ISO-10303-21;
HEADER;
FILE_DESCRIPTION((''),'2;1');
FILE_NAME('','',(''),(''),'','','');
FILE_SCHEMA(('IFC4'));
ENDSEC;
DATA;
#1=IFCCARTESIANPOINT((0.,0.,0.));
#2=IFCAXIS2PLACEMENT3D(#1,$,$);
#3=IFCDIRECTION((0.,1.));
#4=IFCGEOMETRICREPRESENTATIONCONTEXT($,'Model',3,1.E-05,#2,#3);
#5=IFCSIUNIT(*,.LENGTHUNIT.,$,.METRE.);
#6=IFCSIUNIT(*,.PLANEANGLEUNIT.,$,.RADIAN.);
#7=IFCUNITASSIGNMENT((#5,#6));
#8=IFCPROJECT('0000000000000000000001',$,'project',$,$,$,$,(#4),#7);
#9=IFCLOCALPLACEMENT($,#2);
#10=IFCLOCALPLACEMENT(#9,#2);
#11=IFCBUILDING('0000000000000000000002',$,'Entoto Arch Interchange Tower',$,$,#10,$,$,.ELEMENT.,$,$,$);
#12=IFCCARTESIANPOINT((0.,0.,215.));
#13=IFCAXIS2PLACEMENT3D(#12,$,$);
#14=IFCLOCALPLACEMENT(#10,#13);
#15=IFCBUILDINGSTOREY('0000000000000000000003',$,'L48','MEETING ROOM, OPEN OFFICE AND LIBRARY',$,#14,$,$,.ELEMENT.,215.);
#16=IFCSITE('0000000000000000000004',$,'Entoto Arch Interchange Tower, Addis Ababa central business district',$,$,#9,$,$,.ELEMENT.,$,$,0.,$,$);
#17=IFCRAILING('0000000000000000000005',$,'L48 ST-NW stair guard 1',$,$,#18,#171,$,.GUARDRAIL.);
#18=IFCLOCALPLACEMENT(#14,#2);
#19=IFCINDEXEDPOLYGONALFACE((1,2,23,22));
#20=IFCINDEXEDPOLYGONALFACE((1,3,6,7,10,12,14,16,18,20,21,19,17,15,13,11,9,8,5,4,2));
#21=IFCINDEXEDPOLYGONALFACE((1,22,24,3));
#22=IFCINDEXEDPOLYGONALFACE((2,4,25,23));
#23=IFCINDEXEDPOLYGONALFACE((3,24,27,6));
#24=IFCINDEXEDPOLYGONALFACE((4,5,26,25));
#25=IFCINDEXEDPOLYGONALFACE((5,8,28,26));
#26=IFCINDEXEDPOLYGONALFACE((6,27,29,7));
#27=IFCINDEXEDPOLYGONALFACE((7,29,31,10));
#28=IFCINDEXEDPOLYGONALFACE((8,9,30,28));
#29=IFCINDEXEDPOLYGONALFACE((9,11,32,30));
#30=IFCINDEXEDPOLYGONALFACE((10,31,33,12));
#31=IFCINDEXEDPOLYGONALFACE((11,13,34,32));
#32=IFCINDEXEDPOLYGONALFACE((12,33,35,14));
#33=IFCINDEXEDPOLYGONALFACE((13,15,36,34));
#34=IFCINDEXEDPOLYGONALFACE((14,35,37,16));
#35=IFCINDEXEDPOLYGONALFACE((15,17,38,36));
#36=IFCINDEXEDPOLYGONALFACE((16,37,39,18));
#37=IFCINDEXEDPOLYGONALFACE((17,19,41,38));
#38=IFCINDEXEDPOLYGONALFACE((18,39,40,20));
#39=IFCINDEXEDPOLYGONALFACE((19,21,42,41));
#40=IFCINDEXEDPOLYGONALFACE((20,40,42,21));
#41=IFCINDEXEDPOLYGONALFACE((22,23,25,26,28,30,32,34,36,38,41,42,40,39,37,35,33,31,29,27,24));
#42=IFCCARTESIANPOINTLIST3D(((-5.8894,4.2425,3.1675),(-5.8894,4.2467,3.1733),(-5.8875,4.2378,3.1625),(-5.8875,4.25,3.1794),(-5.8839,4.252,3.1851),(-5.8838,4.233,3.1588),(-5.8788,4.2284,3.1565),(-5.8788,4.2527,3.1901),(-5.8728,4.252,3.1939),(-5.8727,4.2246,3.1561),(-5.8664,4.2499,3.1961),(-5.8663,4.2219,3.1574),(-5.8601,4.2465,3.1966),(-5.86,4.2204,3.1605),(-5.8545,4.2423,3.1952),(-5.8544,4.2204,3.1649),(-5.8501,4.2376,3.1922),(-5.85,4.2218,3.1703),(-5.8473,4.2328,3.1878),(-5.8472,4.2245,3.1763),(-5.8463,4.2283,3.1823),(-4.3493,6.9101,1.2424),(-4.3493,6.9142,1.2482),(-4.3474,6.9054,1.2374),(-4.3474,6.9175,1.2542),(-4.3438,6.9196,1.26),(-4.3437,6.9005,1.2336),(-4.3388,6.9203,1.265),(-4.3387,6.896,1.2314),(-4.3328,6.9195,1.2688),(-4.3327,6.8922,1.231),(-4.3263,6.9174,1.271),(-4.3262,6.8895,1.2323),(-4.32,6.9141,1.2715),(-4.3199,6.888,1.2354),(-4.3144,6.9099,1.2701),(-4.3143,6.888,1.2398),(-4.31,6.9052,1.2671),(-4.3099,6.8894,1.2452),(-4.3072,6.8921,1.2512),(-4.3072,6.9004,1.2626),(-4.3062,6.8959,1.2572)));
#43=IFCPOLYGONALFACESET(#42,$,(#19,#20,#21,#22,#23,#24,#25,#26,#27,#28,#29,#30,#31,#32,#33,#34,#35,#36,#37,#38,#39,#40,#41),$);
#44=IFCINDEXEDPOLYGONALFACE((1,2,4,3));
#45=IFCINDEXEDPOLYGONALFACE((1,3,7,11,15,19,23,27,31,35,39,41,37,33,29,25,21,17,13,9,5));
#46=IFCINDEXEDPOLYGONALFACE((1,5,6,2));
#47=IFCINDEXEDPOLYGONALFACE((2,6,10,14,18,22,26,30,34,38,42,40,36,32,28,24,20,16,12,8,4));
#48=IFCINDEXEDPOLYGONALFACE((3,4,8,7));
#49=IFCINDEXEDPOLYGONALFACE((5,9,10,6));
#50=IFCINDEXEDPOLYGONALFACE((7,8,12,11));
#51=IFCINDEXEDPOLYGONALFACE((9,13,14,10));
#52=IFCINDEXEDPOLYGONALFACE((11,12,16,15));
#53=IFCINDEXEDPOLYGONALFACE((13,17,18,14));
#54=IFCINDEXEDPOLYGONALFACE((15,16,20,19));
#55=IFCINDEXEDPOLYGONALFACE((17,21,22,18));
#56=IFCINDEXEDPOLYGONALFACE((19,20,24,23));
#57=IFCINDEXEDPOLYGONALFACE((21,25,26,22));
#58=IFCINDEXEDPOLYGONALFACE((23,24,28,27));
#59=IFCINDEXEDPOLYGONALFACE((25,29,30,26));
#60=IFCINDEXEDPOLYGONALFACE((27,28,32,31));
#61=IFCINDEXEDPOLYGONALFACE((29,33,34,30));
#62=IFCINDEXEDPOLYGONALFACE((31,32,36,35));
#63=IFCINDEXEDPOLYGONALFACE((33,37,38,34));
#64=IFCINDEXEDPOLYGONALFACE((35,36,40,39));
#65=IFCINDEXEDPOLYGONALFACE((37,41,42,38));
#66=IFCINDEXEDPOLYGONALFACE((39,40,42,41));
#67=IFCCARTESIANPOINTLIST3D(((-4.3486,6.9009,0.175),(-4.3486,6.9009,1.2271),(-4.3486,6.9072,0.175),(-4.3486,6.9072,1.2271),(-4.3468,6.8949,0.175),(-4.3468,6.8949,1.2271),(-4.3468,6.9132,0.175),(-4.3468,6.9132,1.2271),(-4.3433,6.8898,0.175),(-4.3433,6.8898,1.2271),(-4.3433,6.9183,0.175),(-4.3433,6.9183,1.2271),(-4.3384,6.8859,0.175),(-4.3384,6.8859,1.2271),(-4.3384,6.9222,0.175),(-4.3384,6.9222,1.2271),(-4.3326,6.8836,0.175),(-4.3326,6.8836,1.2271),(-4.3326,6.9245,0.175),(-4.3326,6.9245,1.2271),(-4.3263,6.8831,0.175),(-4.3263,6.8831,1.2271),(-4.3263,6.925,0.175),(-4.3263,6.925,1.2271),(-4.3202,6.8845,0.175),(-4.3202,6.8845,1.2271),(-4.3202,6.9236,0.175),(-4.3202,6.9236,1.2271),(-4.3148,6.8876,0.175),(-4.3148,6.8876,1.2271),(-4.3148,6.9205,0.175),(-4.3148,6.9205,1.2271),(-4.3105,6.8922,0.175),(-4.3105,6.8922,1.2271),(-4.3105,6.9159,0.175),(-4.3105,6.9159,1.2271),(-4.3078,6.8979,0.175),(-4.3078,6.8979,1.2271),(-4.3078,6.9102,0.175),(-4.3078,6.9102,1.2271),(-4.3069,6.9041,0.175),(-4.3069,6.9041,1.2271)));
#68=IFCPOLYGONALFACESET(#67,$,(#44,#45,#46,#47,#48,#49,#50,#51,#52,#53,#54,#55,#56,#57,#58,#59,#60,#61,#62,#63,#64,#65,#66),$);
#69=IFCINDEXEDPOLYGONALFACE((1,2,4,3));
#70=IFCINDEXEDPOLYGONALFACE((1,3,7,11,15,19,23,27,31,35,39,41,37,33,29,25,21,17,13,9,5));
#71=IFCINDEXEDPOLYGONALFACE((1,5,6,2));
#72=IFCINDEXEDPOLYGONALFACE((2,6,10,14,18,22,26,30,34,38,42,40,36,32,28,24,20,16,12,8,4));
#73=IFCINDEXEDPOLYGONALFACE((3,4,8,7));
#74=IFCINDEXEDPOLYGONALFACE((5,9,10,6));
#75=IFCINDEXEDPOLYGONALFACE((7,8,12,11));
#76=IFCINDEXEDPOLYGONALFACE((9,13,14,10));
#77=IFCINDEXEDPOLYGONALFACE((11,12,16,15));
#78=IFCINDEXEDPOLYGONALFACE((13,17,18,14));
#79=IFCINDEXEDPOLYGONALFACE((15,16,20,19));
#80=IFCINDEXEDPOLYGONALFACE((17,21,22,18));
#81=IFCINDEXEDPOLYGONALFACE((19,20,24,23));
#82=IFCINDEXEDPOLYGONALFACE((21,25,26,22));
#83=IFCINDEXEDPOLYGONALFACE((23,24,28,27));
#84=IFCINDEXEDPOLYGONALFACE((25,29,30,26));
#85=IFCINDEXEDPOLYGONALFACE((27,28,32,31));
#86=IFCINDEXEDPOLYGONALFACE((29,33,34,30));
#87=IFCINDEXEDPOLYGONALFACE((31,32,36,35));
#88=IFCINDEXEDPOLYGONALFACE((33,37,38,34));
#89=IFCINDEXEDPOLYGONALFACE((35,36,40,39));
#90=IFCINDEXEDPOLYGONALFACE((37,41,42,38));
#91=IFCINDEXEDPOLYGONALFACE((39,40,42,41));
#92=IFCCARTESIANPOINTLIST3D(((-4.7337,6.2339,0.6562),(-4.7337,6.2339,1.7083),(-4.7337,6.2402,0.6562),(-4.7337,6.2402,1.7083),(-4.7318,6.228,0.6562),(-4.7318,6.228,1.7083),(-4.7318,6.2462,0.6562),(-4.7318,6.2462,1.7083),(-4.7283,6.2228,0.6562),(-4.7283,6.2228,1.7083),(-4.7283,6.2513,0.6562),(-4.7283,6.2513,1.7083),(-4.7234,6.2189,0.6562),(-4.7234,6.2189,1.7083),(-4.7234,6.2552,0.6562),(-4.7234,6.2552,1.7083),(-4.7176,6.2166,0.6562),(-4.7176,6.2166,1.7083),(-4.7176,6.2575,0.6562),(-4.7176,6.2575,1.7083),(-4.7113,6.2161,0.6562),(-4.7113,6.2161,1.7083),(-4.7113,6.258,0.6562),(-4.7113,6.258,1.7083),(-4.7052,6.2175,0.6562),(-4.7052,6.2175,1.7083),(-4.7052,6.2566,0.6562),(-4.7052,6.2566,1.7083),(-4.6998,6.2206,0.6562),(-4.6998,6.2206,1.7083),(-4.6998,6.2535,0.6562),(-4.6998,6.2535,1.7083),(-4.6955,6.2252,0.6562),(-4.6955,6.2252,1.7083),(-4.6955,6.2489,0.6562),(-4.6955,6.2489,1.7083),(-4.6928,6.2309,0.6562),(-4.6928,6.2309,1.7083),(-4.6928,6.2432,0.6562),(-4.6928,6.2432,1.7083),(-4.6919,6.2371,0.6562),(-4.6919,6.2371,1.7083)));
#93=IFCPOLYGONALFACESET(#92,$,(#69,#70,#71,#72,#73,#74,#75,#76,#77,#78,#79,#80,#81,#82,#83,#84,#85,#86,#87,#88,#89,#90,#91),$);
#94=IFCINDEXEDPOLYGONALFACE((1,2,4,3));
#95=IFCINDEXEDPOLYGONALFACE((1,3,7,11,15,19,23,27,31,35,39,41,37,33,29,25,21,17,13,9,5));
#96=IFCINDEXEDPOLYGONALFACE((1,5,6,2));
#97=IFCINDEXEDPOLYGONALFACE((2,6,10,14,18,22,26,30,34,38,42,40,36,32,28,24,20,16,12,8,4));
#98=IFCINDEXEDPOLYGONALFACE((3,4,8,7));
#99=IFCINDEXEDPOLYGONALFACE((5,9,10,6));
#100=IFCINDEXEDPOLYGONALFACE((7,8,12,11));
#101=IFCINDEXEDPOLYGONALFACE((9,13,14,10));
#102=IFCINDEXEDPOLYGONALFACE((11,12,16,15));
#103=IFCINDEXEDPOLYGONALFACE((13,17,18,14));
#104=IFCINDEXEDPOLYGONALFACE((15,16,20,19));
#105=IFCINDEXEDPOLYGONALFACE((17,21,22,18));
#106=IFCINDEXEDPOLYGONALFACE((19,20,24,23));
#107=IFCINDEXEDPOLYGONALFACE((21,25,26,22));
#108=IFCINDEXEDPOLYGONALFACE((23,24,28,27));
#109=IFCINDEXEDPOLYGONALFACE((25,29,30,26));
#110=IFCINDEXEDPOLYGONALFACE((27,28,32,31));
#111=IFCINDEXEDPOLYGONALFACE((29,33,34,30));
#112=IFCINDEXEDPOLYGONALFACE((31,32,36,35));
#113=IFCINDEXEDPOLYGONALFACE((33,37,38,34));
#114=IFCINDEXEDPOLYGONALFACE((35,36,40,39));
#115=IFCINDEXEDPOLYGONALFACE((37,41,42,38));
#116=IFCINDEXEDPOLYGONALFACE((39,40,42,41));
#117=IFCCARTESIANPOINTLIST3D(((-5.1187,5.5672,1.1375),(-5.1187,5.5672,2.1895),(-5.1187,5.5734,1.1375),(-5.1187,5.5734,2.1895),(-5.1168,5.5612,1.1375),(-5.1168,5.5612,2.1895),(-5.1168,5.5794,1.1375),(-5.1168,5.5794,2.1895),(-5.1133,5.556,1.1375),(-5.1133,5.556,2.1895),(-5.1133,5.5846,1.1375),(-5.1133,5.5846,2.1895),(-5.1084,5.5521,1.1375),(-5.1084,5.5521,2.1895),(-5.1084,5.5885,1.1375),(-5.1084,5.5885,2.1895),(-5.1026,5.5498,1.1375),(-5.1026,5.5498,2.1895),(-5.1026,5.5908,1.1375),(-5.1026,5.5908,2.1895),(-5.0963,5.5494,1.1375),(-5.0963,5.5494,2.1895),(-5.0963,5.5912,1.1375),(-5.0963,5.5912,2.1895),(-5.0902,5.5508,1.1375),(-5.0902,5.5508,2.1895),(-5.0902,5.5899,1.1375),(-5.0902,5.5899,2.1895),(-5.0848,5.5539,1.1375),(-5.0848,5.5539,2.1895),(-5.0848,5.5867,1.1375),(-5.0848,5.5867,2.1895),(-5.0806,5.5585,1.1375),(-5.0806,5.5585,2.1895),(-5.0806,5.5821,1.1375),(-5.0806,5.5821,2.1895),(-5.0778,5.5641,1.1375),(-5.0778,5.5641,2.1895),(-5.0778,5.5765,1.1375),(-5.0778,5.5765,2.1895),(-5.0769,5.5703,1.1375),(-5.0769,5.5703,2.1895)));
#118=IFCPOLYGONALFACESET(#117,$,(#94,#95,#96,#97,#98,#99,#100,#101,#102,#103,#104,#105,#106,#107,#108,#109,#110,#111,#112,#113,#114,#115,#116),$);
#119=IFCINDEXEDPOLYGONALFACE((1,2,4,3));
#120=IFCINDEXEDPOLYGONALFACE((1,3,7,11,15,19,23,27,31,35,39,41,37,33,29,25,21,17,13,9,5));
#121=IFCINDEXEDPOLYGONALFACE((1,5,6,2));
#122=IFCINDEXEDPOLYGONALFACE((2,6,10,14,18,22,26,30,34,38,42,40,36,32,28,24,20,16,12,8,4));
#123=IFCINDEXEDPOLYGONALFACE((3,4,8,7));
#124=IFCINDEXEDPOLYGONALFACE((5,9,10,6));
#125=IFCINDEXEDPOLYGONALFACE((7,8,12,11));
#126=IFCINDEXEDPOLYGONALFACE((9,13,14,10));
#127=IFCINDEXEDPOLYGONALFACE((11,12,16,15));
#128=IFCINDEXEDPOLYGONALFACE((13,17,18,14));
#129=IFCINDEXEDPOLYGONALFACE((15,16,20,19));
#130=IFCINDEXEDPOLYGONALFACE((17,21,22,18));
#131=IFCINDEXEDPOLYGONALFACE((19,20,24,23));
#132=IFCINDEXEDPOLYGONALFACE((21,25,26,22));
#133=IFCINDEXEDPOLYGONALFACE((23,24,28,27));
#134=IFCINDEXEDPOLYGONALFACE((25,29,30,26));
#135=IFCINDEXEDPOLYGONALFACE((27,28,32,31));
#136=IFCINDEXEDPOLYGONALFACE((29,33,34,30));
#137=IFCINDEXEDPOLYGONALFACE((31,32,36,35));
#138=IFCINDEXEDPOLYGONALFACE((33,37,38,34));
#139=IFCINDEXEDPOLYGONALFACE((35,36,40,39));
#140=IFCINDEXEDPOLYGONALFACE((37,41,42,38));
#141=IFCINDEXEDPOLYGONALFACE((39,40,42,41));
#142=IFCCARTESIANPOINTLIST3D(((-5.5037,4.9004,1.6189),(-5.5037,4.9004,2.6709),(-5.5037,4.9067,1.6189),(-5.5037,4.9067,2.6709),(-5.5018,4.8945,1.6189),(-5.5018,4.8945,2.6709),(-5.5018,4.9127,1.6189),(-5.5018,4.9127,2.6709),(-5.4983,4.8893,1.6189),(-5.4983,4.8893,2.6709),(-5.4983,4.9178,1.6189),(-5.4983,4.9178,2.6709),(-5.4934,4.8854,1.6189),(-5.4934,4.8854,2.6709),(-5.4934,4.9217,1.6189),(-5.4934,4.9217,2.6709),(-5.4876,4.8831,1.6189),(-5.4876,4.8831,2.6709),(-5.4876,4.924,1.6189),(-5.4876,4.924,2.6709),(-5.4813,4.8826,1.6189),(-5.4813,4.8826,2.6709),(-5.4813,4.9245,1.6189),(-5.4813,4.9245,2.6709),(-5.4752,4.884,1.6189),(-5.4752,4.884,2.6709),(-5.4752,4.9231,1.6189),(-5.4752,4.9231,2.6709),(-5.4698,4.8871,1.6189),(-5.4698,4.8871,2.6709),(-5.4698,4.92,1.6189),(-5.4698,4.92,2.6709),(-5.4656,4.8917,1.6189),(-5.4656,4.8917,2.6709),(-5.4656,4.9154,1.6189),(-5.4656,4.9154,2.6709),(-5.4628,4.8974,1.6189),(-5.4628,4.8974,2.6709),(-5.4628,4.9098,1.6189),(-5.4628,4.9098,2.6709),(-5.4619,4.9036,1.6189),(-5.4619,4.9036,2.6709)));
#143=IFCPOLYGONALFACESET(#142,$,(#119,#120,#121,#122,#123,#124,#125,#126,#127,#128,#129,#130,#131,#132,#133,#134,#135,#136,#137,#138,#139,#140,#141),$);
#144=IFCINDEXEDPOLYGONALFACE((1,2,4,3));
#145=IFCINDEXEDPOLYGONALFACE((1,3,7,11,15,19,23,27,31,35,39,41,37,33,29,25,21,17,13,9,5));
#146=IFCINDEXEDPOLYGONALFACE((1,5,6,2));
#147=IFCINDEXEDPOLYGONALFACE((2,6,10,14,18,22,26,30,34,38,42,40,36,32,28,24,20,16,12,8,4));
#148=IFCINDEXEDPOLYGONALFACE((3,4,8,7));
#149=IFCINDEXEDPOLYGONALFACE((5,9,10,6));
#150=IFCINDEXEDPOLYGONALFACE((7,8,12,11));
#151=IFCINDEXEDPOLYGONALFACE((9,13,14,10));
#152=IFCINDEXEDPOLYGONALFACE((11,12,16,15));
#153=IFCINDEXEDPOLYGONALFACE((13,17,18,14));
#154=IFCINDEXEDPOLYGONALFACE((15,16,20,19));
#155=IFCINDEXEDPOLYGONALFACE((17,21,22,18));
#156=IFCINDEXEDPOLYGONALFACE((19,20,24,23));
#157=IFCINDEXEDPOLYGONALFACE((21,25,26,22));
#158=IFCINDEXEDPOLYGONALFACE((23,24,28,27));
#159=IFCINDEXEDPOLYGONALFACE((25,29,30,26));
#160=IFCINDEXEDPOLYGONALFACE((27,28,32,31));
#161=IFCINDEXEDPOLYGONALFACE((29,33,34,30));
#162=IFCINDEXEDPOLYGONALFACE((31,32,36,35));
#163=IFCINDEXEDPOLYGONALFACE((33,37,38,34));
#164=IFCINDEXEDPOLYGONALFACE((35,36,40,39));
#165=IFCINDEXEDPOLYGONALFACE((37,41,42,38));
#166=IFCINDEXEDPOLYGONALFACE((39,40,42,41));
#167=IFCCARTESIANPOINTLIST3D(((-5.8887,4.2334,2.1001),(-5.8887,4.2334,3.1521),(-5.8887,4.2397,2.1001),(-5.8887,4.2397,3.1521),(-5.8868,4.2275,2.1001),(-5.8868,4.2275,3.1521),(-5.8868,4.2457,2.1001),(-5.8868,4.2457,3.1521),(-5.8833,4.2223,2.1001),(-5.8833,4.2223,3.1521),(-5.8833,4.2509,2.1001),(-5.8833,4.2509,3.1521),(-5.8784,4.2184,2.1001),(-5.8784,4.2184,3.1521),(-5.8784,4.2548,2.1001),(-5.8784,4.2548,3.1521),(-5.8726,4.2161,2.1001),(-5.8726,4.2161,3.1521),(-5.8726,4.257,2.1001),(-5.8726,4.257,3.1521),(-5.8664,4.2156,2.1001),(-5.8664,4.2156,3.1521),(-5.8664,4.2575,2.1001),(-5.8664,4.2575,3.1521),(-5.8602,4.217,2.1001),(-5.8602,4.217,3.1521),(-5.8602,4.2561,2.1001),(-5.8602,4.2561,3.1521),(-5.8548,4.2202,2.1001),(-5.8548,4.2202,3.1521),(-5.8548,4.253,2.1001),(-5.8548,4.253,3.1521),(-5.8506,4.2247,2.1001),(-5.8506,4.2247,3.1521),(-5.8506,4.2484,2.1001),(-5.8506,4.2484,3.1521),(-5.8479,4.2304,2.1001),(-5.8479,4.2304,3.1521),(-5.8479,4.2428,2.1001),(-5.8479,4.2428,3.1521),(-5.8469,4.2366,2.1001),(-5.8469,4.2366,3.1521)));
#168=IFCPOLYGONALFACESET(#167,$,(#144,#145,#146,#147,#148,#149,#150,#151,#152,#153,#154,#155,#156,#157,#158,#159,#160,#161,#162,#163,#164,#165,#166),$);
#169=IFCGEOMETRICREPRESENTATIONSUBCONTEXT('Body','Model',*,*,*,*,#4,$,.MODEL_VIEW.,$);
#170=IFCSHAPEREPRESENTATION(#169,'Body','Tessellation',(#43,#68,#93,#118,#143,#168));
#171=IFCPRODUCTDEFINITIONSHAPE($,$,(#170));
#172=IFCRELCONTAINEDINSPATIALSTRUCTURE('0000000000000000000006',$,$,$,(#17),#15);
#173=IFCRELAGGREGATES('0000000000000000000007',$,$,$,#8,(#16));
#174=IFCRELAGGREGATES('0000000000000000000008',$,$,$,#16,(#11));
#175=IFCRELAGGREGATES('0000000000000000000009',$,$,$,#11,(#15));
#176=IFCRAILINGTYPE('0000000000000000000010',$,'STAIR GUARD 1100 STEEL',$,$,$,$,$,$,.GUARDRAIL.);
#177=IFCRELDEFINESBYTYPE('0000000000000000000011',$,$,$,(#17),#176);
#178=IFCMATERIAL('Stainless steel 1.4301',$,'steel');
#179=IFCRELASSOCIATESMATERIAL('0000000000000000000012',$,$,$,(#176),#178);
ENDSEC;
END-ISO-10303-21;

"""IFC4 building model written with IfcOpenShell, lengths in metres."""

from ifc_helpers import new_model, si_unit, direction, frame, origin, origin_2d, place, context, subcontext, project, spatial, circle, extrude, material, type_object, element, save


model = new_model("IFC4")

# Units and contexts
model_context = context("Model", 3, precision=1e-05, world=origin(), true_north=direction((0.0, 1.0)))
body_context = subcontext(model_context, "Body", "Model", "MODEL_VIEW")
ifc_project = project(units=[si_unit("LENGTHUNIT", "METRE"), si_unit("PLANEANGLEUNIT", "RADIAN")], contexts=[model_context])

# Site, building, storey
site_placement = place(None, origin())
site = spatial("IfcSite", under=ifc_project, at=site_placement, Name="Entoto Arch Interchange Tower, Addis Ababa central business district", CompositionType="ELEMENT", RefElevation=0.0)
building_placement = place(site_placement, origin())
building = spatial("IfcBuilding", under=site, at=building_placement, Name="Entoto Arch Interchange Tower", CompositionType="ELEMENT")
storey_placement = place(building_placement, frame((0.0, 0.0, 215.0)))
storey = spatial("IfcBuildingStorey", under=building, at=storey_placement, Name="L48", Description="MEETING ROOM, OPEN OFFICE AND LIBRARY", CompositionType="ELEMENT", Elevation=215.0)

# Railing
ifc_material_1 = material(Name="Stainless steel 1.4301", Category="steel")
railing_type = type_object("IfcRailingType", Name="STAIR GUARD 1100 STEEL", PredefinedType="GUARDRAIL", material=ifc_material_1)
railing_1_placement = place(storey_placement, frame((-4.3279, 6.9041, 0.175)))
element("IfcRailing", 1, at=railing_1_placement, inside=storey, type_object=railing_type, Name="L48 ST-NW stair guard 1", PredefinedType="GUARDRAIL", context=body_context, shape_type="SweptSolid", body=[
    extrude(circle(Radius=0.0239, at=origin_2d()), frame((0.0, 0.0, 1.0762), z_axis=(-0.423994, -0.734395, 0.529993), x_axis=(0.86603, -0.499992, 0.0)), (0.0, 0.0, 1.0), 3.6323),
    extrude(circle(Radius=0.021, at=origin_2d()), origin(), (0.0, 0.0, 1.0), 1.052),
    extrude(circle(Radius=0.021, at=origin_2d()), frame((-0.385, -0.667, 0.4812)), (0.0, 0.0, 1.0), 1.052),
    extrude(circle(Radius=0.021, at=origin_2d()), frame((-0.77, -1.3337, 0.9624)), (0.0, 0.0, 1.0), 1.052),
    extrude(circle(Radius=0.021, at=origin_2d()), frame((-1.155, -2.0005, 1.4438)), (0.0, 0.0, 1.0), 1.052),
    extrude(circle(Radius=0.021, at=origin_2d()), frame((-1.54, -2.6675, 1.925)), (0.0, 0.0, 1.0), 1.052),
])

save(model, "model.ifc")
